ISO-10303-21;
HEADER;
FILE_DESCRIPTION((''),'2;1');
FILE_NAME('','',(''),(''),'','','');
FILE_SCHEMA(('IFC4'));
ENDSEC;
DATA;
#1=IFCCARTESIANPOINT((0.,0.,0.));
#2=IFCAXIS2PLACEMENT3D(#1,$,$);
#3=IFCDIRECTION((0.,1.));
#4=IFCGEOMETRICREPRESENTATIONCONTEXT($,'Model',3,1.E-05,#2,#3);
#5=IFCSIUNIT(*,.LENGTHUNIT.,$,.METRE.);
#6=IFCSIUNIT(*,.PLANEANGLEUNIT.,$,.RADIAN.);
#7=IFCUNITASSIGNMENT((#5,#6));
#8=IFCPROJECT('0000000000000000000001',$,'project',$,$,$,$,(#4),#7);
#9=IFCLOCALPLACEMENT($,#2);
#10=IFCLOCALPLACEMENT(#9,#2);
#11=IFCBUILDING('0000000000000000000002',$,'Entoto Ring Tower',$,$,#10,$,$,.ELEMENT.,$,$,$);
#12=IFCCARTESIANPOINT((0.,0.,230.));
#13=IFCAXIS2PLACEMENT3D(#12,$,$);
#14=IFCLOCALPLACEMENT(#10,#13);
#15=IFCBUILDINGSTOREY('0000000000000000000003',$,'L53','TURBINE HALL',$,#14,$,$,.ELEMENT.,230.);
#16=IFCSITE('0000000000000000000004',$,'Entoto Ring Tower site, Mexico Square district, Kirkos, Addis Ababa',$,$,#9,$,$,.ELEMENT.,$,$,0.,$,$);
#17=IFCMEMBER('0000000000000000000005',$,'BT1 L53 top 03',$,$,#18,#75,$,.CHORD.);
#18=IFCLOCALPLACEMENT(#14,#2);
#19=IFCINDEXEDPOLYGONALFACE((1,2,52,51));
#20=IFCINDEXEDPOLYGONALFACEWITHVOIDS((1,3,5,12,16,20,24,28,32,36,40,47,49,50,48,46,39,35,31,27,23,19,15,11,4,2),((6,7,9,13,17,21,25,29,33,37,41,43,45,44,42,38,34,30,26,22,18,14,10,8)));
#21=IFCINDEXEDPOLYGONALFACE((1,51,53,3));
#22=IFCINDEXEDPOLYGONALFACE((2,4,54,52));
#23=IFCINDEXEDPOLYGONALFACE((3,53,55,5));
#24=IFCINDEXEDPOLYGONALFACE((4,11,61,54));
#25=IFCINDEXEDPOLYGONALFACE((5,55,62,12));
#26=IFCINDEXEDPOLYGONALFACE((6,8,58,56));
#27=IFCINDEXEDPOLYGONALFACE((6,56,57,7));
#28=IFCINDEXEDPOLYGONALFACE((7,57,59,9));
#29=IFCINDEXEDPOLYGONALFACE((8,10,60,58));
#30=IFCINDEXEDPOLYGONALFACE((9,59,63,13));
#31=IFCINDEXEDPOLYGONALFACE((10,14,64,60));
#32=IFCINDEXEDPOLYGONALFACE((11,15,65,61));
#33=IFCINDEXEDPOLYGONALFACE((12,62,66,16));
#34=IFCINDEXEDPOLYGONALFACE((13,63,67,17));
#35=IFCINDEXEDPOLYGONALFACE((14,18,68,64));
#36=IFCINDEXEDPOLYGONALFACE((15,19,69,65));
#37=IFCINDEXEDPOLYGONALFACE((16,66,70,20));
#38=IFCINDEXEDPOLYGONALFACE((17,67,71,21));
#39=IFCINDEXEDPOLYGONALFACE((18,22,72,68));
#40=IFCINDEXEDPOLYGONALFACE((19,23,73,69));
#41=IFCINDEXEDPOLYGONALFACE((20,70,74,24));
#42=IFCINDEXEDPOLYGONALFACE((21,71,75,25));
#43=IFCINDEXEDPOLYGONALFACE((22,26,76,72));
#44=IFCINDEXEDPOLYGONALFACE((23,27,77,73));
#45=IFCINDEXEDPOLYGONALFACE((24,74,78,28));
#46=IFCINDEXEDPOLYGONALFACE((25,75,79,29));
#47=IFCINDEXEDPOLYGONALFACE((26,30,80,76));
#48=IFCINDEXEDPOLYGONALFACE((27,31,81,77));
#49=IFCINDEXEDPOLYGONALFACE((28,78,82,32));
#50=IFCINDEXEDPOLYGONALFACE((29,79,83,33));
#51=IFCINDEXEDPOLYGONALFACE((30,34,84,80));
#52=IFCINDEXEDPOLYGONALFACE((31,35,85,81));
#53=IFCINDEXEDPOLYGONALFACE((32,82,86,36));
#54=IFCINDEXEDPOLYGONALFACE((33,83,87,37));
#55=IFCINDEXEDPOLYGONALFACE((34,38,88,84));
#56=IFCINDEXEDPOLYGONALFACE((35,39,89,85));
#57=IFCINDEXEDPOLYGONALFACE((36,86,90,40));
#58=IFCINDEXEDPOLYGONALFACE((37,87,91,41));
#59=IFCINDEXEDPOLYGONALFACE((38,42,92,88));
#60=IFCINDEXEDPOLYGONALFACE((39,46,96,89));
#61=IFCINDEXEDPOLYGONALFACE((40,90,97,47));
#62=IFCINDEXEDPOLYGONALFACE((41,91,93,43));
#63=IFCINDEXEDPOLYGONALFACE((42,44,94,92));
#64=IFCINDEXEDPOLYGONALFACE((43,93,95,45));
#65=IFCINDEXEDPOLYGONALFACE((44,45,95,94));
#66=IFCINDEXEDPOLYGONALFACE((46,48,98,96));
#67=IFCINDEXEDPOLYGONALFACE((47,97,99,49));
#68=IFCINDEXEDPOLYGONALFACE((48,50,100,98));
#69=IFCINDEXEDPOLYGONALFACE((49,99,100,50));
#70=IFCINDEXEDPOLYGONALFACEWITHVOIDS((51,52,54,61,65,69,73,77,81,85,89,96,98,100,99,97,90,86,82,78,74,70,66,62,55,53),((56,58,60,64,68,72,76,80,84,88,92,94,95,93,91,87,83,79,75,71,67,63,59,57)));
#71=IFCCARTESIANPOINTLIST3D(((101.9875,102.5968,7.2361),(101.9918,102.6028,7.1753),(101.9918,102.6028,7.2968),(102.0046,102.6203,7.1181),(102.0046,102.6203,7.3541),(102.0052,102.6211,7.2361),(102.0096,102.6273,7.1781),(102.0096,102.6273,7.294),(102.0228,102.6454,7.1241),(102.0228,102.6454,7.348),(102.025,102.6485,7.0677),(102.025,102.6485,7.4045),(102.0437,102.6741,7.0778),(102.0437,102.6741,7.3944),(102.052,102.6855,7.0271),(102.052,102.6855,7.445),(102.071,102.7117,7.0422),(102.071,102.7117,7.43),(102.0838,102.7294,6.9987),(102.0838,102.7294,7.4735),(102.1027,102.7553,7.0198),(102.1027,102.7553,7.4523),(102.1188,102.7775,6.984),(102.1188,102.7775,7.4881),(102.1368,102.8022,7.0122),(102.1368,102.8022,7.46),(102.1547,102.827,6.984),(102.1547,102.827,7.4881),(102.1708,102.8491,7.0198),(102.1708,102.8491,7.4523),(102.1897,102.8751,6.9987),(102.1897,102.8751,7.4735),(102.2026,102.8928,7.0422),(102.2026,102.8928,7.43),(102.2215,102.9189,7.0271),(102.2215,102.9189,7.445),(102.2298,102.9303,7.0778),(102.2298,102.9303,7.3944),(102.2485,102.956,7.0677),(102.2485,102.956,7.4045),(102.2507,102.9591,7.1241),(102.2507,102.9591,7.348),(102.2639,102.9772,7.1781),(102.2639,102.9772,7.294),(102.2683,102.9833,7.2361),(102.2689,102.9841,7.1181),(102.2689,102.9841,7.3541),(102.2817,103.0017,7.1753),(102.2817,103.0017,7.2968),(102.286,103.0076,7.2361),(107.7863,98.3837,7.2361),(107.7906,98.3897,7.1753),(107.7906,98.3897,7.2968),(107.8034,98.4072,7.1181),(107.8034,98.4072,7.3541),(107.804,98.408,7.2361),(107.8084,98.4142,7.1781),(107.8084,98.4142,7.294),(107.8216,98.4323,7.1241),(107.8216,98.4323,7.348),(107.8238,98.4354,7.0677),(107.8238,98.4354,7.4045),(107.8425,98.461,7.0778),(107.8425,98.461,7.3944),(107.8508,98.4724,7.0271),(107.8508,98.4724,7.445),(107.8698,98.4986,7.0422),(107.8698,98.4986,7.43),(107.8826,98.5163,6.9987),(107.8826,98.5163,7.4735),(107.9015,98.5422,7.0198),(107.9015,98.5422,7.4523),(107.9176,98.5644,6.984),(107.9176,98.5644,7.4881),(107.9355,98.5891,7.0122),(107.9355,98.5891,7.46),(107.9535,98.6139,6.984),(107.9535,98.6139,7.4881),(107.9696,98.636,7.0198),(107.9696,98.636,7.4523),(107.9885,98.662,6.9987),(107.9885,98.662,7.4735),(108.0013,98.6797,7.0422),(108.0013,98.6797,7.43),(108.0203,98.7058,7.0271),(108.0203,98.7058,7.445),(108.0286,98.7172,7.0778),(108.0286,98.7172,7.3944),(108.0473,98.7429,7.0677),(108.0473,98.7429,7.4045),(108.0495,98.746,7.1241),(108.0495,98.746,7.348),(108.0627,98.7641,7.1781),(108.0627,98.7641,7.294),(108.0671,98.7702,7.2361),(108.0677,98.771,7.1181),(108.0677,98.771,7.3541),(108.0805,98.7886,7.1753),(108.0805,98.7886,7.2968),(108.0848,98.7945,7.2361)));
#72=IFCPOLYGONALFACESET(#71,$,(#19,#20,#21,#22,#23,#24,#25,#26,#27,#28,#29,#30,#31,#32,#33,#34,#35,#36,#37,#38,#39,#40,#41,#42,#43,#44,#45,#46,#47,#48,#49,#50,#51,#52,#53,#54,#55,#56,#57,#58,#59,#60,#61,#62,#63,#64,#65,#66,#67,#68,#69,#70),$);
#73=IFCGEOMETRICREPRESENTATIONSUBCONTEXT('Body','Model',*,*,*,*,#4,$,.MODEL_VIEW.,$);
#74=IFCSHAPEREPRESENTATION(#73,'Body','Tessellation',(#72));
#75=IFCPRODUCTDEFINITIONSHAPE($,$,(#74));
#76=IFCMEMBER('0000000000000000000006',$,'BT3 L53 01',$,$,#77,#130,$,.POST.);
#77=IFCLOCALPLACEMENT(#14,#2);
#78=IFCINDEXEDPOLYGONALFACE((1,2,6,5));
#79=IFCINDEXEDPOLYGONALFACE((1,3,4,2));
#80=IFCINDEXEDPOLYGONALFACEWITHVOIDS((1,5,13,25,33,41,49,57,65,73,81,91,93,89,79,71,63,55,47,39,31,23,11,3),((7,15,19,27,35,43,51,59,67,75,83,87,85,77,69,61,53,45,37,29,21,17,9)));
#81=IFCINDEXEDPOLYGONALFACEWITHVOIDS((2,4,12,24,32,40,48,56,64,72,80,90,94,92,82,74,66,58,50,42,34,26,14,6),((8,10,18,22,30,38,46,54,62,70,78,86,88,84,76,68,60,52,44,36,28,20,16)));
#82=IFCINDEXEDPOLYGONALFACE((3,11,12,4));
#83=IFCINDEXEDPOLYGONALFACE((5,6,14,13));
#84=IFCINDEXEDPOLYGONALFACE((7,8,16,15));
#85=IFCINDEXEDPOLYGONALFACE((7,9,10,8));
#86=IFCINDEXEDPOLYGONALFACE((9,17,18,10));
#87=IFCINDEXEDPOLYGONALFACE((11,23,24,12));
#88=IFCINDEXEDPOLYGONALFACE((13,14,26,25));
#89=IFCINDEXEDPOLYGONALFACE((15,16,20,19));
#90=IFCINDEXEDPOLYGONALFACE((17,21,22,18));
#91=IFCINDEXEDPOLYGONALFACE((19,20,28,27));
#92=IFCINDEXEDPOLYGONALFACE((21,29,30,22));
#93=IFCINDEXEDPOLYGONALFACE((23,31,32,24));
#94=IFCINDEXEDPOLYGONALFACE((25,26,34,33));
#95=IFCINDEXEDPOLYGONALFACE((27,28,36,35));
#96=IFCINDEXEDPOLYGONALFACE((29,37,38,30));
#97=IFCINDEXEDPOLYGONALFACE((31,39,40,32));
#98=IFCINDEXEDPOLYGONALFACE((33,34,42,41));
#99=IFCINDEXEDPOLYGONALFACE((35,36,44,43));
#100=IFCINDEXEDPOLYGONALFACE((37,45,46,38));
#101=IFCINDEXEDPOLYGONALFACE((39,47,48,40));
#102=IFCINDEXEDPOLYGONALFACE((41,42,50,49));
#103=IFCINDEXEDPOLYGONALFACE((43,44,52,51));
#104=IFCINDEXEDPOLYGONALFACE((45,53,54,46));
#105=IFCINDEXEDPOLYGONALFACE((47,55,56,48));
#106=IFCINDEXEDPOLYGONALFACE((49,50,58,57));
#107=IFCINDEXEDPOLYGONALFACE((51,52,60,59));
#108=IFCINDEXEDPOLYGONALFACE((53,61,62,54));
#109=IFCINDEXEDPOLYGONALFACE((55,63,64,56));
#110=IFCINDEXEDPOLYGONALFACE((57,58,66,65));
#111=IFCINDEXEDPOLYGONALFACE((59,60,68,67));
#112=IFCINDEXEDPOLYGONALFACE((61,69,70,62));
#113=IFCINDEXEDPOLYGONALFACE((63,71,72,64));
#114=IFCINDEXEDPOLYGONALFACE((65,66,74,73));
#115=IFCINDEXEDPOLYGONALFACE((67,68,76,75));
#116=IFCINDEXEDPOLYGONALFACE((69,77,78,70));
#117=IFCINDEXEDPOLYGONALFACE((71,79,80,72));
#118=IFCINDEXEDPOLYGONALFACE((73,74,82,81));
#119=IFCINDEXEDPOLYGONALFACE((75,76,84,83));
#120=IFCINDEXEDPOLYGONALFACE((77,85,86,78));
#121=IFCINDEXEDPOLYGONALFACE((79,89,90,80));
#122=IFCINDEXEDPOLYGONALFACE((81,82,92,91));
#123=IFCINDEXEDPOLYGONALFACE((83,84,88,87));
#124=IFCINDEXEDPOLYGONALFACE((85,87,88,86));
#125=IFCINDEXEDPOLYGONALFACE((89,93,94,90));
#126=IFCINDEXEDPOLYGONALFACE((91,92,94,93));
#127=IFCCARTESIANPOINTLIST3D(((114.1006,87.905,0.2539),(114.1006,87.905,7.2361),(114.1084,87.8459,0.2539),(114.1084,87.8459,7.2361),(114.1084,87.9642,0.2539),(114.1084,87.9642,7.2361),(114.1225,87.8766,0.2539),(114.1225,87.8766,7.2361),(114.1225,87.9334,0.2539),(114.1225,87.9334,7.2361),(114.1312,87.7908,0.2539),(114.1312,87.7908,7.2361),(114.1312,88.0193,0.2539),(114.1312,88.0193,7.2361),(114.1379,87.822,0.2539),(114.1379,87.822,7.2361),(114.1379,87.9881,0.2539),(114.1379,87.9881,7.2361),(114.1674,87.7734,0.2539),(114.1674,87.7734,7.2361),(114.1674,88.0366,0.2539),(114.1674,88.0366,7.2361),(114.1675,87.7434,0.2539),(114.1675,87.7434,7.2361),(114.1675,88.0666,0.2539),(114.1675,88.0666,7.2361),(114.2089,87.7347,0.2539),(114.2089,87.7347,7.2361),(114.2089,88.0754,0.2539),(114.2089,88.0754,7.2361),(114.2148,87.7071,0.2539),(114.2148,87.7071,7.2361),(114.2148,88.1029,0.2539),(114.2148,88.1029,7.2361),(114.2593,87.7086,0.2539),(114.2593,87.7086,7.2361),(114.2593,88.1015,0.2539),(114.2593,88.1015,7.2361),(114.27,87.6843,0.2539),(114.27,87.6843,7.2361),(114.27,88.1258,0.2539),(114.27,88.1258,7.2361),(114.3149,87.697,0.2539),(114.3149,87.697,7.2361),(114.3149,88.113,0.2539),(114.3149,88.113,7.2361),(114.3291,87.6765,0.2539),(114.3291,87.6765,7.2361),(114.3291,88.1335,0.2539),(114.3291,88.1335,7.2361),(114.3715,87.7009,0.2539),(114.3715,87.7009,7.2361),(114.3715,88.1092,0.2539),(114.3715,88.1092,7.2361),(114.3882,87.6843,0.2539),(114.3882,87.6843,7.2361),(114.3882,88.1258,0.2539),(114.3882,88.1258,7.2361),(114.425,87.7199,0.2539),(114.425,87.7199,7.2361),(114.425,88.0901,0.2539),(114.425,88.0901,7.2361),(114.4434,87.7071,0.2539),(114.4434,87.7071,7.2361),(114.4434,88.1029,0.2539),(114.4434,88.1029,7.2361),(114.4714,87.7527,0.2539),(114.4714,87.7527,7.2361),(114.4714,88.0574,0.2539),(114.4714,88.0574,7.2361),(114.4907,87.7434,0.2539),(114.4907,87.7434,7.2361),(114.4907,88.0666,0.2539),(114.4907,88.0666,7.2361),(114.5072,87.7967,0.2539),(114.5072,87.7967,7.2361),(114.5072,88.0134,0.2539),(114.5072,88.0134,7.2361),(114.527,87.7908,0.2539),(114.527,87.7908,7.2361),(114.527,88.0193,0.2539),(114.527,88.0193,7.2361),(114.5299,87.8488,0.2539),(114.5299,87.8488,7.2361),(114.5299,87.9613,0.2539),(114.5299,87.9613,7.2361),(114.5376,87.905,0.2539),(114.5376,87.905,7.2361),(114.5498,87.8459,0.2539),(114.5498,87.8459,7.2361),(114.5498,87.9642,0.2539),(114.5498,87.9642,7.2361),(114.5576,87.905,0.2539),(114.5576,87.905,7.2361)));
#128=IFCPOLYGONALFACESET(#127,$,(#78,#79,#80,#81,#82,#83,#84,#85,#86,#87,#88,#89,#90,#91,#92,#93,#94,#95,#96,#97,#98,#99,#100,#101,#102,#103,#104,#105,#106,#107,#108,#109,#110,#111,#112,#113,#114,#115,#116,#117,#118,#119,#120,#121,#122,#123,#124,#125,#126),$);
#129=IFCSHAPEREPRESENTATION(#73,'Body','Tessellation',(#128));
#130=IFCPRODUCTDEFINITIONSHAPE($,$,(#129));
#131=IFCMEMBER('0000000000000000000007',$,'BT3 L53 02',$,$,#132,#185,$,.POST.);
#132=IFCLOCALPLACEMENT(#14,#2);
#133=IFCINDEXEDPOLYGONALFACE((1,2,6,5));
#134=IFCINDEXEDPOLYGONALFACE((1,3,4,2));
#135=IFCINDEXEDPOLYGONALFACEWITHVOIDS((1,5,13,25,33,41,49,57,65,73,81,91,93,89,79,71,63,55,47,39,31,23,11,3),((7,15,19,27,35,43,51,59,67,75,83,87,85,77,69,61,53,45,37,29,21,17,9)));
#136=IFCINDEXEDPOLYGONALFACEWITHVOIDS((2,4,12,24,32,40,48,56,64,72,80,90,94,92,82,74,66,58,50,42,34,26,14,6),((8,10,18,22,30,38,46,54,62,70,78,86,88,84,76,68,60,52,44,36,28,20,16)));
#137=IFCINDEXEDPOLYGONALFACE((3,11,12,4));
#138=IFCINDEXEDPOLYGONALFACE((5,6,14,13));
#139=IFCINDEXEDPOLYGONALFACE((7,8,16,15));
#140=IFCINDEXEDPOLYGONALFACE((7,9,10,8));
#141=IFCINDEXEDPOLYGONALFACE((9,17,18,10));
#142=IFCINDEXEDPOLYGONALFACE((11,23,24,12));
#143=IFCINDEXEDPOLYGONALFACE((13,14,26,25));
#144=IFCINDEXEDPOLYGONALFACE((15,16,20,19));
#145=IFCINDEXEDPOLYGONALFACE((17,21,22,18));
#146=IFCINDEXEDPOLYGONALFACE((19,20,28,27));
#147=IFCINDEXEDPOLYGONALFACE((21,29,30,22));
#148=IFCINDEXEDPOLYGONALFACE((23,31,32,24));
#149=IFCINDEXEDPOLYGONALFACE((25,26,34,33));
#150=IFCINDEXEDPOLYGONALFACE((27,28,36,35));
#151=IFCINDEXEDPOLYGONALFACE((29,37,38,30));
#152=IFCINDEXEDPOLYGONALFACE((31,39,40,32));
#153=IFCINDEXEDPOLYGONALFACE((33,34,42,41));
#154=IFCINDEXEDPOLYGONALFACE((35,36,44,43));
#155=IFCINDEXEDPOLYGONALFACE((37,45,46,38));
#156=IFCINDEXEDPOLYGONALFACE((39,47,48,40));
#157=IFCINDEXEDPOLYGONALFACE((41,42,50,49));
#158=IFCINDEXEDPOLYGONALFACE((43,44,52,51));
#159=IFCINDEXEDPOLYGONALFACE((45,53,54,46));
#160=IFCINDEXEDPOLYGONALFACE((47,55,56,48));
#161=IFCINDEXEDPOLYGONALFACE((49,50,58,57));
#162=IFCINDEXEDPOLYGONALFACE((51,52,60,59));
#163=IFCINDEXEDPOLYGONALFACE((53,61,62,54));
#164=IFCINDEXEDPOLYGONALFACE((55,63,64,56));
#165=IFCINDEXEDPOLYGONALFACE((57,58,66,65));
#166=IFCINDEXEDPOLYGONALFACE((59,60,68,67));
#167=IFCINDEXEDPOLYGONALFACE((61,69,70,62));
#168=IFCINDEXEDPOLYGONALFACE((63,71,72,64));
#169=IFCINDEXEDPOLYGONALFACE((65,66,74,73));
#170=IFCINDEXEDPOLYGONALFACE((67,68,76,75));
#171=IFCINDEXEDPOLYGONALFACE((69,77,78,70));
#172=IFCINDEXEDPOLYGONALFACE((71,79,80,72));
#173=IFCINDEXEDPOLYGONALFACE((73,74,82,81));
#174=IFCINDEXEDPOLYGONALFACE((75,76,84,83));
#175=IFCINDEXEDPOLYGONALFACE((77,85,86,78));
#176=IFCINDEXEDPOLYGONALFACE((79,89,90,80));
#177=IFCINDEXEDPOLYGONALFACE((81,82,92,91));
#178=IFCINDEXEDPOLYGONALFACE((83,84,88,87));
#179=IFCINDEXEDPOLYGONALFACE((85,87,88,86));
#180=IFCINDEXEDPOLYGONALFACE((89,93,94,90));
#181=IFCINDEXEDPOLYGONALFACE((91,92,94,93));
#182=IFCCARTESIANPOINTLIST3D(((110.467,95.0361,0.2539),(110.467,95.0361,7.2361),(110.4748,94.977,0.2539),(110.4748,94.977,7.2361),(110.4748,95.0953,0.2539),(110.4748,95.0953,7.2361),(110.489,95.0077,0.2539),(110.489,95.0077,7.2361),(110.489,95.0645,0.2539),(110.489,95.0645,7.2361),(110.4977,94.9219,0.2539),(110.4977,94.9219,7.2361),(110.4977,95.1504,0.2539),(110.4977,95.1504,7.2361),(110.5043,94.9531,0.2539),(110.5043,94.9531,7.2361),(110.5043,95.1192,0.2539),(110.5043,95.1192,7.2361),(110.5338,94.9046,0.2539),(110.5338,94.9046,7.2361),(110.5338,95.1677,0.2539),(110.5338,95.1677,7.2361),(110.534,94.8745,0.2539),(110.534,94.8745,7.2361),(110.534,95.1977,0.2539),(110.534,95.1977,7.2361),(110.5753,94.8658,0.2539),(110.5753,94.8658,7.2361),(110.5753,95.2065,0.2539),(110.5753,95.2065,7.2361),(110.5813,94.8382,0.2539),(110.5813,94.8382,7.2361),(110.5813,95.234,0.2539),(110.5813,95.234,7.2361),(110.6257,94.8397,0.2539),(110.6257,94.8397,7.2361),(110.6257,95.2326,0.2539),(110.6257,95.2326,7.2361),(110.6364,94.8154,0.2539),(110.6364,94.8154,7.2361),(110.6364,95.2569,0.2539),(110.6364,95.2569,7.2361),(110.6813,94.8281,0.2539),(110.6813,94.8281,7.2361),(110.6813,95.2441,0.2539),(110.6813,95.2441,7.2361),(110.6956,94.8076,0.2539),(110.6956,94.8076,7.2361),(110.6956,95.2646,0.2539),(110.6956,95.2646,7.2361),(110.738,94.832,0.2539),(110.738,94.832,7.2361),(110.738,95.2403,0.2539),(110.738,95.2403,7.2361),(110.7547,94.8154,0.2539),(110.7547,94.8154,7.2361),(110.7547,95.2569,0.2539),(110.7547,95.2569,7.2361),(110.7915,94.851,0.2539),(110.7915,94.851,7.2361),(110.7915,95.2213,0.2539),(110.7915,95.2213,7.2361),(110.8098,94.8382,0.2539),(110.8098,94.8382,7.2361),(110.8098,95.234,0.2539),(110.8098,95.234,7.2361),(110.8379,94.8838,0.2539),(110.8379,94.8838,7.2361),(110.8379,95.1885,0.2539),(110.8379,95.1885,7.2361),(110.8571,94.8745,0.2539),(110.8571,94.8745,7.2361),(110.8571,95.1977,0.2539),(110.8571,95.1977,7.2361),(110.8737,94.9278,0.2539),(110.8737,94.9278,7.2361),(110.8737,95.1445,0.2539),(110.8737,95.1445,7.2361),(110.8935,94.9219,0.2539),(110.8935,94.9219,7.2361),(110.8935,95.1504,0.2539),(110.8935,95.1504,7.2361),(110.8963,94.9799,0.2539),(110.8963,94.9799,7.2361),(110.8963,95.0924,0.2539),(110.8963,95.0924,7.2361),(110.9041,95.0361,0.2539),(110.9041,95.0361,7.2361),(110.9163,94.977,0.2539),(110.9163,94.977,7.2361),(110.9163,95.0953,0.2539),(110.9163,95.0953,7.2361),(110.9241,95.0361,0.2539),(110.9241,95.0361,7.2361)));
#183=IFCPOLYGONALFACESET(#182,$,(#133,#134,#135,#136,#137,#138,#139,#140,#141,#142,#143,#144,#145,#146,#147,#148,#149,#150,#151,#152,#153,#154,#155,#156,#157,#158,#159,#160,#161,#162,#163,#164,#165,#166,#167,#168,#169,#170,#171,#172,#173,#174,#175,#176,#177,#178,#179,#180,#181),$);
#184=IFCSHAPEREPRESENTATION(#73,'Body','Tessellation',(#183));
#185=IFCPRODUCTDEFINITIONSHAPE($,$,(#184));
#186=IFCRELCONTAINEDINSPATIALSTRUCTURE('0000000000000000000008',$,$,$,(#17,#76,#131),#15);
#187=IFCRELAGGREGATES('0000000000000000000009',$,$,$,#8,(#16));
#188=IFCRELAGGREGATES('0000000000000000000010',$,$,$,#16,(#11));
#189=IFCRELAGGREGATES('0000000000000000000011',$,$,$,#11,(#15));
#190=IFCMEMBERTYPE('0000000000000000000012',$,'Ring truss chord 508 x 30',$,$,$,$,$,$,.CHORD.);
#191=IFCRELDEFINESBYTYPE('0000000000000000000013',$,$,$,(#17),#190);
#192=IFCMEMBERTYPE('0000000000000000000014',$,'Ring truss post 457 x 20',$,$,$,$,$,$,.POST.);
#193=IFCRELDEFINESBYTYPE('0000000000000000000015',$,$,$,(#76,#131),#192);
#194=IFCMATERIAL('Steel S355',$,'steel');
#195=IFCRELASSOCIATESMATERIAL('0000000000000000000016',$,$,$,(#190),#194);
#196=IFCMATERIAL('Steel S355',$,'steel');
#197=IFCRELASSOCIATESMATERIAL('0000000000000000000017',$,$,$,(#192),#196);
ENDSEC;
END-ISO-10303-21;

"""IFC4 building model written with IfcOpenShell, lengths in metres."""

from ifc_helpers import new_model, si_unit, direction, frame, origin, origin_2d, place, context, subcontext, project, spatial, circle, hollow_circle, extrude, material, material_profile, profile_set, type_object, element, save


model = new_model("IFC4")

# Units and contexts
model_context = context("Model", 3, precision=1e-05, world=origin(), true_north=direction((0.0, 1.0)))
body_context = subcontext(model_context, "Body", "Model", "MODEL_VIEW")
ifc_project = project(units=[si_unit("LENGTHUNIT", "METRE"), si_unit("PLANEANGLEUNIT", "RADIAN")], contexts=[model_context])

# Site, building, storey
site_placement = place(None, origin())
site = spatial("IfcSite", under=ifc_project, at=site_placement, Name="Entoto Ring Tower site, Mexico Square district, Kirkos, Addis Ababa", CompositionType="ELEMENT", RefElevation=0.0)
building_placement = place(site_placement, origin())
building = spatial("IfcBuilding", under=site, at=building_placement, Name="Entoto Ring Tower", CompositionType="ELEMENT")
storey_placement = place(building_placement, frame((0.0, 0.0, 230.0)))
storey = spatial("IfcBuildingStorey", under=building, at=storey_placement, Name="L53", Description="TURBINE HALL", CompositionType="ELEMENT", Elevation=230.0)

# Members
ifc_material_1 = material(Name="Steel S355", Category="steel")
ifc_material_profile_1 = material_profile(ifc_material_1, hollow_circle(Radius=0.2539, WallThickness=0.03, at=origin_2d()), Name="CHS 508 x 30")
ifc_material_2 = material(Name="Concrete C60/75", Category="concrete")
ifc_material_profile_2 = material_profile(ifc_material_2, circle(Radius=0.2241, at=origin_2d()), Name="Concrete C60/75 infill")
ifc_profile_set_1 = profile_set([ifc_material_profile_1, ifc_material_profile_2], Name="Steel S355")
member_type_1 = type_object("IfcMemberType", Name="Ring truss chord 508 x 30", PredefinedType="CHORD", material=ifc_profile_set_1)
for number, where, z_axis, x_axis, name in (
    (1, (107.9355, 98.5891, 7.2361), (-0.809014, 0.587789, 0.0), (-0.587789, -0.809014, 0.0), "BT1 L53 top 03"),
):
    element("IfcMember", number, at=place(storey_placement, frame(where, z_axis=z_axis, x_axis=x_axis)), inside=storey, type_object=member_type_1, Name=name, PredefinedType="CHORD", context=body_context, shape_type="SweptSolid", body=[
        extrude(hollow_circle(Radius=0.2539, WallThickness=0.03, at=origin_2d()), origin(), (0.0, 0.0, 1.0), 7.1677),
    ])
ifc_material_3 = material(Name="Steel S355", Category="steel")
ifc_material_profile_3 = material_profile(ifc_material_3, hollow_circle(Radius=0.2285, WallThickness=0.02, at=origin_2d()), Name="CHS 457 x 20")
ifc_material_4 = material(Name="Concrete C60/75", Category="concrete")
ifc_material_profile_4 = material_profile(ifc_material_4, circle(Radius=0.2085, at=origin_2d()), Name="Concrete C60/75 infill")
ifc_profile_set_2 = profile_set([ifc_material_profile_3, ifc_material_profile_4], Name="Steel S355")
member_type_2 = type_object("IfcMemberType", Name="Ring truss post 457 x 20", PredefinedType="POST", material=ifc_profile_set_2)
for number, where, z_axis, x_axis, name in (
    (2, (114.3291, 87.905, 0.2539), (0.0, 0.0, 1.0), (1.0, 0.0, 0.0), "BT3 L53 01"),
    (3, (110.6956, 95.0361, 0.2539), (0.0, 0.0, 1.0), (1.0, 0.0, 0.0), "BT3 L53 02"),
):
    element("IfcMember", number, at=place(storey_placement, frame(where, z_axis=z_axis, x_axis=x_axis)), inside=storey, type_object=member_type_2, Name=name, PredefinedType="POST", context=body_context, shape_type="SweptSolid", body=[
        extrude(hollow_circle(Radius=0.2285, WallThickness=0.02, at=origin_2d()), origin(), (0.0, 0.0, 1.0), 6.9822),
    ])

save(model, "model.ifc")
